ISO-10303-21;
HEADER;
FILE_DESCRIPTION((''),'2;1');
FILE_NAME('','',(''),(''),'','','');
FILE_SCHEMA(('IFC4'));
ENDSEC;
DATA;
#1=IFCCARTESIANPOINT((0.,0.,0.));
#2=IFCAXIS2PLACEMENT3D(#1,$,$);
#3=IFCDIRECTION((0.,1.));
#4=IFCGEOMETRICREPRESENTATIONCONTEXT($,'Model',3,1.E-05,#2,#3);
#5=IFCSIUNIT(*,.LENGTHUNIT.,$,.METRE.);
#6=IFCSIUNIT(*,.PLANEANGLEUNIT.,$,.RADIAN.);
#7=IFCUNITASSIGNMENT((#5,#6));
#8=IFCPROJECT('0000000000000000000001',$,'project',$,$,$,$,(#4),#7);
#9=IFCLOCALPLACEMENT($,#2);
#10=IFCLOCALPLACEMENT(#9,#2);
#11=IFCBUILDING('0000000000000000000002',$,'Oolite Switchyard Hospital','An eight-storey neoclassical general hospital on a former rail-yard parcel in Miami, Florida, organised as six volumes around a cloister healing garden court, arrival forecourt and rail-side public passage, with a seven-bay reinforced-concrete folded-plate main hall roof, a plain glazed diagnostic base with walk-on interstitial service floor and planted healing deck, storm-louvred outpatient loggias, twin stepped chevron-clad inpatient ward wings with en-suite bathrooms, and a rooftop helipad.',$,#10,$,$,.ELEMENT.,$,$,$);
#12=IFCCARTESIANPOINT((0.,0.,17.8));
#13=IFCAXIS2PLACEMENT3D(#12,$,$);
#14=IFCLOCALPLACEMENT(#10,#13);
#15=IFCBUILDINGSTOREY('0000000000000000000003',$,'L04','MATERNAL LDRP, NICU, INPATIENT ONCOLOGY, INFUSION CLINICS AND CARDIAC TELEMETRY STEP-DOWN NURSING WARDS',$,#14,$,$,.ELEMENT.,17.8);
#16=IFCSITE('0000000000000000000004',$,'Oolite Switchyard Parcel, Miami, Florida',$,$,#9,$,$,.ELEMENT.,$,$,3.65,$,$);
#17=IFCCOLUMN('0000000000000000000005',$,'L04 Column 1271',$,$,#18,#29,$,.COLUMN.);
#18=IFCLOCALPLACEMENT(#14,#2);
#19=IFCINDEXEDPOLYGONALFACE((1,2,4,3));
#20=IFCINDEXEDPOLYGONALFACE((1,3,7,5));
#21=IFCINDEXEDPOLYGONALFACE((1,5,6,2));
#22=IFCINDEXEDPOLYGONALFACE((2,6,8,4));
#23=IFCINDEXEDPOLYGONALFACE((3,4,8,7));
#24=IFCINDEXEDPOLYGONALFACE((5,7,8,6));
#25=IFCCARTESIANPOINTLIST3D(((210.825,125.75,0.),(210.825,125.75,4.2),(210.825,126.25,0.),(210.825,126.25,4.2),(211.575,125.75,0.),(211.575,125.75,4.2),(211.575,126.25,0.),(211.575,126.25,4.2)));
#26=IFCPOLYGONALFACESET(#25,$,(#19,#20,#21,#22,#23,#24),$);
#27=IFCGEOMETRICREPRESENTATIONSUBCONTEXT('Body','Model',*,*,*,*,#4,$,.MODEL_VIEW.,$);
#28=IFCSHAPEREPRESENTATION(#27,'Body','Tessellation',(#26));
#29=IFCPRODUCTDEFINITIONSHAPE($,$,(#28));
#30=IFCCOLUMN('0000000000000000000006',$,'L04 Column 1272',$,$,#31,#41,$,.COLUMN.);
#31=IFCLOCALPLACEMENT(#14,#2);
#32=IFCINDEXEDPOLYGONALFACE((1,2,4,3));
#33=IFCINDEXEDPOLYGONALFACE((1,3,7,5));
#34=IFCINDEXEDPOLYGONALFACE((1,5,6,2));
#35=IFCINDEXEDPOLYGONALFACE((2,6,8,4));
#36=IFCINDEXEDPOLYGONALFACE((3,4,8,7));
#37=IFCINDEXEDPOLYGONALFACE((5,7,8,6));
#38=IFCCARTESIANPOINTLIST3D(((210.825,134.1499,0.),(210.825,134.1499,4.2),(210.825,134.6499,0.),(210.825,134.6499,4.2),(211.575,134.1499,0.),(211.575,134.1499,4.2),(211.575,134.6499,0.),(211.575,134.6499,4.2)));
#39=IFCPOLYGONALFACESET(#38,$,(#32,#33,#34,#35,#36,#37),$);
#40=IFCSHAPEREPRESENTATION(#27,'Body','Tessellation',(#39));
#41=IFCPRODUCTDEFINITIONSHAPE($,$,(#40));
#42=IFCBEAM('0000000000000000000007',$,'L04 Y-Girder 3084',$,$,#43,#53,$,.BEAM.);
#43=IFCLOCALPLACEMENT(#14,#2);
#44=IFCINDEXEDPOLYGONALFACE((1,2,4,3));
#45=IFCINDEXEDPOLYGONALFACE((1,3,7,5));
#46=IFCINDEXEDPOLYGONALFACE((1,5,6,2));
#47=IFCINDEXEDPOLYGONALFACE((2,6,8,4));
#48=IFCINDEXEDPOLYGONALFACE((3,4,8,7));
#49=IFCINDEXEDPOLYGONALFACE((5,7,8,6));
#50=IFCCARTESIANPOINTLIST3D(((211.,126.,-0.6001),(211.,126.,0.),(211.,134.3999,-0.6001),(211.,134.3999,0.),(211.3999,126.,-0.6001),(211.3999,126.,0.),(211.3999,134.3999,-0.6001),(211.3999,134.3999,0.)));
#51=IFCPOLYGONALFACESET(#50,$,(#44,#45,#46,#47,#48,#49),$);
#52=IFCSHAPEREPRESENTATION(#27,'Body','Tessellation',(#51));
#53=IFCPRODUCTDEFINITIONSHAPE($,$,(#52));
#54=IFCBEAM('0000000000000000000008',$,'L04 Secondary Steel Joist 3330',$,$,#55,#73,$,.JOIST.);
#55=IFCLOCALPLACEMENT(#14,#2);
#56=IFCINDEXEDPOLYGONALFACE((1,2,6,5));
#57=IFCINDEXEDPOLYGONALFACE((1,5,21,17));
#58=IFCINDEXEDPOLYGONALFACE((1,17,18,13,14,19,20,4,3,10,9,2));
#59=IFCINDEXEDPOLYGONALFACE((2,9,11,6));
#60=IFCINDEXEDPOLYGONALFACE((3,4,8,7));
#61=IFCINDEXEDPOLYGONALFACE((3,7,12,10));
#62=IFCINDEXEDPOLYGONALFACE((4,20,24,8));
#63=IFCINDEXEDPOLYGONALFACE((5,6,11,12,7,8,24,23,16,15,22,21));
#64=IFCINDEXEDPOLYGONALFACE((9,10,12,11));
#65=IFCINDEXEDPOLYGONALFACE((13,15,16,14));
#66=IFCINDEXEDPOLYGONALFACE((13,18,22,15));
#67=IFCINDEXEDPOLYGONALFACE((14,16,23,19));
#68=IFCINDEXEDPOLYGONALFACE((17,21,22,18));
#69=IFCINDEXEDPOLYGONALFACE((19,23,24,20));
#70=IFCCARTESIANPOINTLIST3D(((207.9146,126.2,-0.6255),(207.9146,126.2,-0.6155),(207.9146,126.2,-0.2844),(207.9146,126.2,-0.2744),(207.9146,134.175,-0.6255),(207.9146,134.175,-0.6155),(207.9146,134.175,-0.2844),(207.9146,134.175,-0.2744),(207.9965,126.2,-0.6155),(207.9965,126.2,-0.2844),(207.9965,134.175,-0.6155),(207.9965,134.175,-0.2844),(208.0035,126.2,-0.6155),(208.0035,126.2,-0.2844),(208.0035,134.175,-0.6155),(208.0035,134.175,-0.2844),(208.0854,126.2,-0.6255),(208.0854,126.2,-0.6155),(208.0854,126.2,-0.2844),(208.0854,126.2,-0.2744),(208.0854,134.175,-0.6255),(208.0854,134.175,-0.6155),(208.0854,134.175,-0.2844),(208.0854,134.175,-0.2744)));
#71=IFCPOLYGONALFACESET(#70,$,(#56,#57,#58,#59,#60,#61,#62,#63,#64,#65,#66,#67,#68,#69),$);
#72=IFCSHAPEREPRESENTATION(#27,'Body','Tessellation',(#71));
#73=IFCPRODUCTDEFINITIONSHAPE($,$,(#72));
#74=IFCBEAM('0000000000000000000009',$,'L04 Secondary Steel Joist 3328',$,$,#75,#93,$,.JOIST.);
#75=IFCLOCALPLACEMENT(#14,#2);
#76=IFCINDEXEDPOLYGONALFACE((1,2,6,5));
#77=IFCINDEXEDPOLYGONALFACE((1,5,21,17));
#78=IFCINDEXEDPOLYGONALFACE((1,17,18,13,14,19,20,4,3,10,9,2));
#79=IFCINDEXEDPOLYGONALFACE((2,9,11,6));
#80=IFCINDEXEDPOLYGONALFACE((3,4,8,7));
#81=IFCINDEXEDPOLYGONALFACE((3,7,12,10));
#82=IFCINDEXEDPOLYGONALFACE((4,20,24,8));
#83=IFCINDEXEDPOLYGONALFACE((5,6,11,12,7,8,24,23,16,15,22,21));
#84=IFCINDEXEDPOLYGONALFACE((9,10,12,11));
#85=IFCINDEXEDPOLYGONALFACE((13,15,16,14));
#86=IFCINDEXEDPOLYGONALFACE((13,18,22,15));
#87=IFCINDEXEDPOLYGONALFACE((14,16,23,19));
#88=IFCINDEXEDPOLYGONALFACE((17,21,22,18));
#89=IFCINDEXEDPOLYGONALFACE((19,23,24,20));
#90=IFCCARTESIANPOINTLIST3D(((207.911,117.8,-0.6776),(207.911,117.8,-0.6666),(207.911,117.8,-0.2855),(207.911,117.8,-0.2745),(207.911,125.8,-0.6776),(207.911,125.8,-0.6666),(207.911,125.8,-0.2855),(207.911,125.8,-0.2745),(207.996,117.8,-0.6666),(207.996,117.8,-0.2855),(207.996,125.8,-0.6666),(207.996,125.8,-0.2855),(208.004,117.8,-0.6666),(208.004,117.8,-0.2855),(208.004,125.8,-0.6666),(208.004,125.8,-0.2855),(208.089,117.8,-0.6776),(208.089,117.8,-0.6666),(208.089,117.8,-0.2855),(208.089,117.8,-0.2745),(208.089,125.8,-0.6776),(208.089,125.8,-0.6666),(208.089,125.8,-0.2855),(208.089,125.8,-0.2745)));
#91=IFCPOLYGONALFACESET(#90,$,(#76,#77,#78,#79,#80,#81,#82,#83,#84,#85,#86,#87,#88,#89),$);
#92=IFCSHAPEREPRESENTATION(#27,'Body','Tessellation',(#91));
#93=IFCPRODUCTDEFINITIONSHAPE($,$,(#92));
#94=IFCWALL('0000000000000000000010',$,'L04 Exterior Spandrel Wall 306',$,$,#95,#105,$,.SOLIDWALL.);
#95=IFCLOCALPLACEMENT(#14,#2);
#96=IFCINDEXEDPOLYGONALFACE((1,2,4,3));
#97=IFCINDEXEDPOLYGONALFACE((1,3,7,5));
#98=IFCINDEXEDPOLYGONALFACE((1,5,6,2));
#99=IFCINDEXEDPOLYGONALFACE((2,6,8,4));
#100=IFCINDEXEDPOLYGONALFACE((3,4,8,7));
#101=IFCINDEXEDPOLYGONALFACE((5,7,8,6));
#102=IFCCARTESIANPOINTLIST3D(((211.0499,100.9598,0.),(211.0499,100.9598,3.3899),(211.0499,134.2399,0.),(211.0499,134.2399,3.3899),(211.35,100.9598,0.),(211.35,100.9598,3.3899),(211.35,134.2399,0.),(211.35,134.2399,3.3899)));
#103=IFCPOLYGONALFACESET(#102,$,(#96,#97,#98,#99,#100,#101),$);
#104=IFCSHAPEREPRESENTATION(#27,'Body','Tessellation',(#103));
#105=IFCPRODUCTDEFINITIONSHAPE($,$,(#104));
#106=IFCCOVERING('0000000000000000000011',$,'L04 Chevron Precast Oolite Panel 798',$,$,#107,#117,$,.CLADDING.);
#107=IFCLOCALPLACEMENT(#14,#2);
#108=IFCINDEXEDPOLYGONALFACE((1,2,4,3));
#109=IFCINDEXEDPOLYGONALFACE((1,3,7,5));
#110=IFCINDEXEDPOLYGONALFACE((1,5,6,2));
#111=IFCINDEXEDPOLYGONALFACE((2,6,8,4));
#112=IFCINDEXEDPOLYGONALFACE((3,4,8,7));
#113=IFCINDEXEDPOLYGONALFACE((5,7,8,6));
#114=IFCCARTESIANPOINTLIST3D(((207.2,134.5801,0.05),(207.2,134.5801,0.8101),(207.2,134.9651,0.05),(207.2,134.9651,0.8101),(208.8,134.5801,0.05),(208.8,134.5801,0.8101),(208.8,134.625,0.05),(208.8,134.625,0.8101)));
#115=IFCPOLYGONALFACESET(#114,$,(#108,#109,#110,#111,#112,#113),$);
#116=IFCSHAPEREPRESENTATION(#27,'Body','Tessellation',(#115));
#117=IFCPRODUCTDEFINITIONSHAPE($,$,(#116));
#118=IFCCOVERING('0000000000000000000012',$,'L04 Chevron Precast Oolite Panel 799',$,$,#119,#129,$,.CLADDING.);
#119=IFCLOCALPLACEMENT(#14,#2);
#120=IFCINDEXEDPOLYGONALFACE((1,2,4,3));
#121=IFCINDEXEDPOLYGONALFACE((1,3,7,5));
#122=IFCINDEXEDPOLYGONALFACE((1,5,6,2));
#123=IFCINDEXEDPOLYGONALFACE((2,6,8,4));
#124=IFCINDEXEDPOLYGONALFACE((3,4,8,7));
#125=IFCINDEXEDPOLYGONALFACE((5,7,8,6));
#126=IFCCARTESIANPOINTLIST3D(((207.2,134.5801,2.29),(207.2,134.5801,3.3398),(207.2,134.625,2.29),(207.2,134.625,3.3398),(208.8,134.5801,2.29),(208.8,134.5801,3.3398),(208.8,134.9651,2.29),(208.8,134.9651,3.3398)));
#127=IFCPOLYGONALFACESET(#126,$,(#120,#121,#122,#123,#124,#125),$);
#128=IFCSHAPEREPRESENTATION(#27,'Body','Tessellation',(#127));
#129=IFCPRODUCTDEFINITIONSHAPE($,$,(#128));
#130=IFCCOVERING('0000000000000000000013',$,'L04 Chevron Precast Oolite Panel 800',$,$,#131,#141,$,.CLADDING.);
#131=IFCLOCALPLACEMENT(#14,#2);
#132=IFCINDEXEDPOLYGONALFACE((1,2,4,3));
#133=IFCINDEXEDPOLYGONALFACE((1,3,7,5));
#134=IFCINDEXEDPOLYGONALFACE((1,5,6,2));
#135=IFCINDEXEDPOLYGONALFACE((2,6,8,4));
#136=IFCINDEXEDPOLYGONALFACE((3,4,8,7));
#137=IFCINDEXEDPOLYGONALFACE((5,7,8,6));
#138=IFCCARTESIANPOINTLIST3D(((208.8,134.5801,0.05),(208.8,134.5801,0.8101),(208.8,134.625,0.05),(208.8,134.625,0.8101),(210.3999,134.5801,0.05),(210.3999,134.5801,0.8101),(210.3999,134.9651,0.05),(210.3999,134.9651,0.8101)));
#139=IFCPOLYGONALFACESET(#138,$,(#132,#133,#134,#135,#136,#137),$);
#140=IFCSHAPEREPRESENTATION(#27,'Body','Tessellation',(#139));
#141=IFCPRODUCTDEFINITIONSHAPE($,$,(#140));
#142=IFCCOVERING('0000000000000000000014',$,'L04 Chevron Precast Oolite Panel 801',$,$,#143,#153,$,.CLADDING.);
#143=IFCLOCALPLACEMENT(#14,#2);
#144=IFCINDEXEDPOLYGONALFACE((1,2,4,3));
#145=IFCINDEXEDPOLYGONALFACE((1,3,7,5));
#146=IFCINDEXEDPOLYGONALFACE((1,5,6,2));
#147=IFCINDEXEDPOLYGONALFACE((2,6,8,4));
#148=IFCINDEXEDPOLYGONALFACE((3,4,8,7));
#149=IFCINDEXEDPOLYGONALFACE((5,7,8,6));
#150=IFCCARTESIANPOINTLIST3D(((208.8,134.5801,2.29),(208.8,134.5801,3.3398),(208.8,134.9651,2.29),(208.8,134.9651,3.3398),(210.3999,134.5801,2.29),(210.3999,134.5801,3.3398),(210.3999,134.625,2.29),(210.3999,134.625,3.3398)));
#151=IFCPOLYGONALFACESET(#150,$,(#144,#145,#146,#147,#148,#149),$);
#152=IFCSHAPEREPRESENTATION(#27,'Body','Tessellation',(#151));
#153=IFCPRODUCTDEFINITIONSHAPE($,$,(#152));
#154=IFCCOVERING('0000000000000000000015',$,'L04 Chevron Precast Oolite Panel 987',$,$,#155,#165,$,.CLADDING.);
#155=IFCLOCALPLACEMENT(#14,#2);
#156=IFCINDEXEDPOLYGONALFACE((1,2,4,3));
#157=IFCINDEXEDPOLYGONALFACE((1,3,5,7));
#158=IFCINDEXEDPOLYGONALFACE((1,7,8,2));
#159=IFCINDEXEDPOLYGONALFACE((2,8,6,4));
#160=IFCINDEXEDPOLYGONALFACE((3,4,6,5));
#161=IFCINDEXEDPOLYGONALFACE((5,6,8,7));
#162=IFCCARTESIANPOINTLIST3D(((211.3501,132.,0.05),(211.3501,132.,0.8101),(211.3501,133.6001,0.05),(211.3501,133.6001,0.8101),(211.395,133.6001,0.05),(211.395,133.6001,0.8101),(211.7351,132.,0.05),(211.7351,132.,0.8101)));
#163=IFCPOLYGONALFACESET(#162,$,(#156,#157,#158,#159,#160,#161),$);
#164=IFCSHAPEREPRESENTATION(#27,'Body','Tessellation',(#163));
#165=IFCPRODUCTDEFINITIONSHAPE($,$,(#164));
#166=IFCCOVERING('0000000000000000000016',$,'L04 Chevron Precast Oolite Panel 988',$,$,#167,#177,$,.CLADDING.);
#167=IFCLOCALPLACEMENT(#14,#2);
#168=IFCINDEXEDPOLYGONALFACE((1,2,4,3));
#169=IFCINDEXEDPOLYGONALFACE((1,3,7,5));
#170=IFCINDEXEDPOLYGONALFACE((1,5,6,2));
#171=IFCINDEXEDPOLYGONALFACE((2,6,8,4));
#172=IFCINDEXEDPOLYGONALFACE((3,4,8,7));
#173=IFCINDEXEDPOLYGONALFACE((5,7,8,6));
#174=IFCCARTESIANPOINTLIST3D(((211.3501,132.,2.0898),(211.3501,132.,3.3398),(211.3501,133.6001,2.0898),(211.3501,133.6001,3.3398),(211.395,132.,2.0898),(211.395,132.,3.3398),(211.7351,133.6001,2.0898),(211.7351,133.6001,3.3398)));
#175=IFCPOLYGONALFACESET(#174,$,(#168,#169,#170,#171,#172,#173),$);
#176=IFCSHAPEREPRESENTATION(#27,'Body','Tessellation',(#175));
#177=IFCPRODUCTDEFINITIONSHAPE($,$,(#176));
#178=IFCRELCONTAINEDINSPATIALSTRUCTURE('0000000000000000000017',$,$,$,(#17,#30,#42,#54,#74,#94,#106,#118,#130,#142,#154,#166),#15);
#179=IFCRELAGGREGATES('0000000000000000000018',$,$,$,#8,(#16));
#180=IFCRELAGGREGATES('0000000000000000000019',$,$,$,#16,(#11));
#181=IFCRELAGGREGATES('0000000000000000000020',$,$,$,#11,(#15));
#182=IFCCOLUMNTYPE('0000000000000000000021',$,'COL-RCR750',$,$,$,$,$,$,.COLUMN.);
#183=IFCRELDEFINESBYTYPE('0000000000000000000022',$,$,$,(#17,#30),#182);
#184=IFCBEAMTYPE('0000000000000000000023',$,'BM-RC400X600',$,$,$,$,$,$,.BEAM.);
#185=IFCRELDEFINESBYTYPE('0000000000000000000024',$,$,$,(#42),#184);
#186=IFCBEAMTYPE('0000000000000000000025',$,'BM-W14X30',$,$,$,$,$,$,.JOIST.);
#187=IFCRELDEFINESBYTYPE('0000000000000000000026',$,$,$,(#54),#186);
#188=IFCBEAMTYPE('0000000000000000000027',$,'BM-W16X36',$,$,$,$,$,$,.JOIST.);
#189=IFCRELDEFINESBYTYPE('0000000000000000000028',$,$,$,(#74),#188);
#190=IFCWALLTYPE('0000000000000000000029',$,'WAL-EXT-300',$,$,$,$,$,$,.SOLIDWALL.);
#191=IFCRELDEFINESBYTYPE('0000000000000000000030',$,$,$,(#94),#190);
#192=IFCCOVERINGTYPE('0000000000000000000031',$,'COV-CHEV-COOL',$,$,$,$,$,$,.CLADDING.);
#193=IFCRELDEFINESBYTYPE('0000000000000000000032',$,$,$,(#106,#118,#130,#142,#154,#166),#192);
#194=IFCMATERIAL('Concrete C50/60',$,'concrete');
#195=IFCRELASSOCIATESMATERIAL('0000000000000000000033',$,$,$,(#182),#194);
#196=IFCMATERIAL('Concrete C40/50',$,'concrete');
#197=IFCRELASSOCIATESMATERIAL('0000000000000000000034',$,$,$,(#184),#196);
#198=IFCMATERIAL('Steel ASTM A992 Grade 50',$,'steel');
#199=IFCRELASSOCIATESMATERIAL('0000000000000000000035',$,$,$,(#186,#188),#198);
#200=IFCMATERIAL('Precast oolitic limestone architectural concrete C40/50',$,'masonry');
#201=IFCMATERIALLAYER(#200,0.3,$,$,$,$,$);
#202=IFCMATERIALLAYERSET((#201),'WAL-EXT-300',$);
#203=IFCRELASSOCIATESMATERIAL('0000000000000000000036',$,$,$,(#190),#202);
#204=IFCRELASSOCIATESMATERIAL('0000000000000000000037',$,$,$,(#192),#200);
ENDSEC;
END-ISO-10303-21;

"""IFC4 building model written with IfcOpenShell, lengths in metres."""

from ifc_helpers import new_model, si_unit, direction, frame, frame_2d, origin, origin_2d, place, context, subcontext, project, spatial, polyline, rectangle, i_section, outline, extrude, material, layer, layer_set, material_profile, profile_set, type_object, element, save


model = new_model("IFC4")

# Units and contexts
model_context = context("Model", 3, precision=1e-05, world=origin(), true_north=direction((0.0, 1.0)))
body_context = subcontext(model_context, "Body", "Model", "MODEL_VIEW")
ifc_project = project(units=[si_unit("LENGTHUNIT", "METRE"), si_unit("PLANEANGLEUNIT", "RADIAN")], contexts=[model_context])

# Site, building, storey
site_placement = place(None, origin())
site = spatial("IfcSite", under=ifc_project, at=site_placement, Name="Oolite Switchyard Parcel, Miami, Florida", CompositionType="ELEMENT", RefElevation=3.65)
building_placement = place(site_placement, origin())
building = spatial("IfcBuilding", under=site, at=building_placement, Name="Oolite Switchyard Hospital", Description="An eight-storey neoclassical general hospital on a former rail-yard parcel in Miami, Florida, organised as six volumes around a cloister healing garden court, arrival forecourt and rail-side public passage, with a seven-bay reinforced-concrete folded-plate main hall roof, a plain glazed diagnostic base with walk-on interstitial service floor and planted healing deck, storm-louvred outpatient loggias, twin stepped chevron-clad inpatient ward wings with en-suite bathrooms, and a rooftop helipad.", CompositionType="ELEMENT")
storey_placement = place(building_placement, frame((0.0, 0.0, 17.8)))
storey = spatial("IfcBuildingStorey", under=building, at=storey_placement, Name="L04", Description="MATERNAL LDRP, NICU, INPATIENT ONCOLOGY, INFUSION CLINICS AND CARDIAC TELEMETRY STEP-DOWN NURSING WARDS", CompositionType="ELEMENT", Elevation=17.8)

# Columns
ifc_material_1 = material(Name="Concrete C50/60", Category="concrete")
ifc_material_profile_1 = material_profile(ifc_material_1, rectangle(XDim=0.75, YDim=0.5, at=origin_2d()), Name="RC750X500")
ifc_profile_set_1 = profile_set([ifc_material_profile_1], Name="Concrete C50/60")
column_type = type_object("IfcColumnType", Name="COL-RCR750", PredefinedType="COLUMN", material=ifc_profile_set_1)
for number, where, z_axis, x_axis, name in (
    (1, (211.2, 126.0, 0.0), (0.0, 0.0, 1.0), (1.0, 0.0, 0.0), "L04 Column 1271"),
    (2, (211.2, 134.3999, 0.0), (0.0, 0.0, 1.0), (1.0, 0.0, 0.0), "L04 Column 1272"),
):
    element("IfcColumn", number, at=place(storey_placement, frame(where, z_axis=z_axis, x_axis=x_axis)), inside=storey, type_object=column_type, Name=name, PredefinedType="COLUMN", context=body_context, shape_type="SweptSolid", body=[
        extrude(rectangle(XDim=0.75, YDim=0.5, at=origin_2d()), origin(), (0.0, 0.0, 1.0), 4.2),
    ])

# Beams
ifc_material_2 = material(Name="Concrete C40/50", Category="concrete")
ifc_material_profile_2 = material_profile(ifc_material_2, rectangle(XDim=0.3999, YDim=0.6001, at=origin_2d()), Name="RCB400X600")
ifc_profile_set_2 = profile_set([ifc_material_profile_2], Name="Concrete C40/50")
beam_type_1 = type_object("IfcBeamType", Name="BM-RC400X600", PredefinedType="BEAM", material=ifc_profile_set_2)
beam_1_placement = place(storey_placement, frame((211.2, 126.0, -0.3), z_axis=(0.0, 1.0, 0.0), x_axis=(-1.0, 0.0, 0.0)))
element("IfcBeam", 3, at=beam_1_placement, inside=storey, type_object=beam_type_1, Name="L04 Y-Girder 3084", PredefinedType="BEAM", context=body_context, shape_type="SweptSolid", body=[
    extrude(rectangle(XDim=0.3999, YDim=0.6001, at=origin_2d()), origin(), (0.0, 0.0, 1.0), 8.3999),
])
ifc_material_3 = material(Name="Steel ASTM A992 Grade 50", Category="steel")
ifc_material_profile_3 = material_profile(ifc_material_3, i_section(OverallWidth=0.1709, OverallDepth=0.3511, WebThickness=0.0071, FlangeThickness=0.01, at=origin_2d()), Name="W14X30")
ifc_profile_set_3 = profile_set([ifc_material_profile_3], Name="Steel ASTM A992 Grade 50")
beam_type_2 = type_object("IfcBeamType", Name="BM-W14X30", PredefinedType="JOIST", material=ifc_profile_set_3)
beam_2_placement = place(storey_placement, frame((208.0, 126.2, -0.45), z_axis=(0.0, 1.0, 0.0), x_axis=(-1.0, 0.0, 0.0)))
element("IfcBeam", 4, at=beam_2_placement, inside=storey, type_object=beam_type_2, Name="L04 Secondary Steel Joist 3330", PredefinedType="JOIST", context=body_context, shape_type="SweptSolid", body=[
    extrude(i_section(OverallWidth=0.1709, OverallDepth=0.3511, WebThickness=0.0071, FlangeThickness=0.01, at=origin_2d()), origin(), (0.0, 0.0, 1.0), 7.9751),
])
ifc_material_profile_4 = material_profile(ifc_material_3, i_section(OverallWidth=0.178, OverallDepth=0.4031, WebThickness=0.0081, FlangeThickness=0.011, at=origin_2d()), Name="W16X36")
ifc_profile_set_4 = profile_set([ifc_material_profile_4], Name="Steel ASTM A992 Grade 50")
beam_type_3 = type_object("IfcBeamType", Name="BM-W16X36", PredefinedType="JOIST", material=ifc_profile_set_4)
beam_3_placement = place(storey_placement, frame((208.0, 117.8, -0.4761), z_axis=(0.0, 1.0, 0.0), x_axis=(-1.0, 0.0, 0.0)))
element("IfcBeam", 5, at=beam_3_placement, inside=storey, type_object=beam_type_3, Name="L04 Secondary Steel Joist 3328", PredefinedType="JOIST", context=body_context, shape_type="SweptSolid", body=[
    extrude(i_section(OverallWidth=0.178, OverallDepth=0.4031, WebThickness=0.0081, FlangeThickness=0.011, at=origin_2d()), origin(), (0.0, 0.0, 1.0), 8.0),
])

# Wall
ifc_material_4 = material(Name="Precast oolitic limestone architectural concrete C40/50", Category="masonry")
ifc_layer = layer(ifc_material_4, 0.3)
ifc_layer_set = layer_set([ifc_layer], Name="WAL-EXT-300")
wall_type = type_object("IfcWallType", Name="WAL-EXT-300", PredefinedType="SOLIDWALL", material=ifc_layer_set)
wall_placement = place(storey_placement, frame((211.2, 134.24, 0.0), z_axis=(0.0, 0.0, 1.0), x_axis=(0.0, -1.0, 0.0)))
element("IfcWall", 6, at=wall_placement, inside=storey, type_object=wall_type, Name="L04 Exterior Spandrel Wall 306", PredefinedType="SOLIDWALL", context=body_context, shape_type="SweptSolid", body=[
    extrude(rectangle(XDim=33.28, YDim=0.3, at=frame_2d((16.6401, 0.0))), origin(), (0.0, 0.0, 1.0), 3.3899),
])

# Coverings
covering_type = type_object("IfcCoveringType", Name="COV-CHEV-COOL", PredefinedType="CLADDING", material=ifc_material_4)
covering_1_placement = place(storey_placement, frame((207.2, 134.5801, 0.05), z_axis=(0.0, 0.0, 1.0), x_axis=(1.0, 0.0, 0.0)))
element("IfcCovering", 7, at=covering_1_placement, inside=storey, type_object=covering_type, Name="L04 Chevron Precast Oolite Panel 798", PredefinedType="CLADDING", context=body_context, shape_type="SweptSolid", body=[
    extrude(outline(polyline([(0.0, 0.0), (1.6001, 0.0), (1.6001, 0.0449), (0.0, 0.385), (0.0, 0.0)])), origin(), (0.0, 0.0, 1.0), 0.76),
])
covering_2_placement = place(storey_placement, frame((207.2, 134.5801, 2.29), z_axis=(0.0, 0.0, 1.0), x_axis=(1.0, 0.0, 0.0)))
element("IfcCovering", 8, at=covering_2_placement, inside=storey, type_object=covering_type, Name="L04 Chevron Precast Oolite Panel 799", PredefinedType="CLADDING", context=body_context, shape_type="SweptSolid", body=[
    extrude(outline(polyline([(0.0, 0.0), (1.6001, 0.0), (1.6001, 0.385), (0.0, 0.0449), (0.0, 0.0)])), origin(), (0.0, 0.0, 1.0), 1.0498),
])
covering_3_placement = place(storey_placement, frame((208.8, 134.5801, 0.05), z_axis=(0.0, 0.0, 1.0), x_axis=(1.0, 0.0, 0.0)))
element("IfcCovering", 9, at=covering_3_placement, inside=storey, type_object=covering_type, Name="L04 Chevron Precast Oolite Panel 800", PredefinedType="CLADDING", context=body_context, shape_type="SweptSolid", body=[
    extrude(outline(polyline([(0.0, 0.0), (1.5999, 0.0), (1.5999, 0.385), (0.0, 0.0449), (0.0, 0.0)])), origin(), (0.0, 0.0, 1.0), 0.76),
])
covering_4_placement = place(storey_placement, frame((208.8, 134.5801, 2.29), z_axis=(0.0, 0.0, 1.0), x_axis=(1.0, 0.0, 0.0)))
element("IfcCovering", 10, at=covering_4_placement, inside=storey, type_object=covering_type, Name="L04 Chevron Precast Oolite Panel 801", PredefinedType="CLADDING", context=body_context, shape_type="SweptSolid", body=[
    extrude(outline(polyline([(0.0, 0.0), (1.5999, 0.0), (1.5999, 0.0449), (0.0, 0.385), (0.0, 0.0)])), origin(), (0.0, 0.0, 1.0), 1.0498),
])
covering_5_placement = place(storey_placement, frame((211.3501, 133.6001, 0.05), z_axis=(0.0, 0.0, 1.0), x_axis=(0.0, -1.0, 0.0)))
element("IfcCovering", 11, at=covering_5_placement, inside=storey, type_object=covering_type, Name="L04 Chevron Precast Oolite Panel 987", PredefinedType="CLADDING", context=body_context, shape_type="SweptSolid", body=[
    extrude(outline(polyline([(0.0, 0.0), (1.6001, 0.0), (1.6001, 0.385), (0.0, 0.0449), (0.0, 0.0)])), origin(), (0.0, 0.0, 1.0), 0.76),
])
covering_6_placement = place(storey_placement, frame((211.3501, 133.6001, 2.0898), z_axis=(0.0, 0.0, 1.0), x_axis=(0.0, -1.0, 0.0)))
element("IfcCovering", 12, at=covering_6_placement, inside=storey, type_object=covering_type, Name="L04 Chevron Precast Oolite Panel 988", PredefinedType="CLADDING", context=body_context, shape_type="SweptSolid", body=[
    extrude(outline(polyline([(0.0, 0.0), (1.6001, 0.0), (1.6001, 0.0449), (0.0, 0.385), (0.0, 0.0)])), origin(), (0.0, 0.0, 1.0), 1.25),
])

save(model, "model.ifc")
